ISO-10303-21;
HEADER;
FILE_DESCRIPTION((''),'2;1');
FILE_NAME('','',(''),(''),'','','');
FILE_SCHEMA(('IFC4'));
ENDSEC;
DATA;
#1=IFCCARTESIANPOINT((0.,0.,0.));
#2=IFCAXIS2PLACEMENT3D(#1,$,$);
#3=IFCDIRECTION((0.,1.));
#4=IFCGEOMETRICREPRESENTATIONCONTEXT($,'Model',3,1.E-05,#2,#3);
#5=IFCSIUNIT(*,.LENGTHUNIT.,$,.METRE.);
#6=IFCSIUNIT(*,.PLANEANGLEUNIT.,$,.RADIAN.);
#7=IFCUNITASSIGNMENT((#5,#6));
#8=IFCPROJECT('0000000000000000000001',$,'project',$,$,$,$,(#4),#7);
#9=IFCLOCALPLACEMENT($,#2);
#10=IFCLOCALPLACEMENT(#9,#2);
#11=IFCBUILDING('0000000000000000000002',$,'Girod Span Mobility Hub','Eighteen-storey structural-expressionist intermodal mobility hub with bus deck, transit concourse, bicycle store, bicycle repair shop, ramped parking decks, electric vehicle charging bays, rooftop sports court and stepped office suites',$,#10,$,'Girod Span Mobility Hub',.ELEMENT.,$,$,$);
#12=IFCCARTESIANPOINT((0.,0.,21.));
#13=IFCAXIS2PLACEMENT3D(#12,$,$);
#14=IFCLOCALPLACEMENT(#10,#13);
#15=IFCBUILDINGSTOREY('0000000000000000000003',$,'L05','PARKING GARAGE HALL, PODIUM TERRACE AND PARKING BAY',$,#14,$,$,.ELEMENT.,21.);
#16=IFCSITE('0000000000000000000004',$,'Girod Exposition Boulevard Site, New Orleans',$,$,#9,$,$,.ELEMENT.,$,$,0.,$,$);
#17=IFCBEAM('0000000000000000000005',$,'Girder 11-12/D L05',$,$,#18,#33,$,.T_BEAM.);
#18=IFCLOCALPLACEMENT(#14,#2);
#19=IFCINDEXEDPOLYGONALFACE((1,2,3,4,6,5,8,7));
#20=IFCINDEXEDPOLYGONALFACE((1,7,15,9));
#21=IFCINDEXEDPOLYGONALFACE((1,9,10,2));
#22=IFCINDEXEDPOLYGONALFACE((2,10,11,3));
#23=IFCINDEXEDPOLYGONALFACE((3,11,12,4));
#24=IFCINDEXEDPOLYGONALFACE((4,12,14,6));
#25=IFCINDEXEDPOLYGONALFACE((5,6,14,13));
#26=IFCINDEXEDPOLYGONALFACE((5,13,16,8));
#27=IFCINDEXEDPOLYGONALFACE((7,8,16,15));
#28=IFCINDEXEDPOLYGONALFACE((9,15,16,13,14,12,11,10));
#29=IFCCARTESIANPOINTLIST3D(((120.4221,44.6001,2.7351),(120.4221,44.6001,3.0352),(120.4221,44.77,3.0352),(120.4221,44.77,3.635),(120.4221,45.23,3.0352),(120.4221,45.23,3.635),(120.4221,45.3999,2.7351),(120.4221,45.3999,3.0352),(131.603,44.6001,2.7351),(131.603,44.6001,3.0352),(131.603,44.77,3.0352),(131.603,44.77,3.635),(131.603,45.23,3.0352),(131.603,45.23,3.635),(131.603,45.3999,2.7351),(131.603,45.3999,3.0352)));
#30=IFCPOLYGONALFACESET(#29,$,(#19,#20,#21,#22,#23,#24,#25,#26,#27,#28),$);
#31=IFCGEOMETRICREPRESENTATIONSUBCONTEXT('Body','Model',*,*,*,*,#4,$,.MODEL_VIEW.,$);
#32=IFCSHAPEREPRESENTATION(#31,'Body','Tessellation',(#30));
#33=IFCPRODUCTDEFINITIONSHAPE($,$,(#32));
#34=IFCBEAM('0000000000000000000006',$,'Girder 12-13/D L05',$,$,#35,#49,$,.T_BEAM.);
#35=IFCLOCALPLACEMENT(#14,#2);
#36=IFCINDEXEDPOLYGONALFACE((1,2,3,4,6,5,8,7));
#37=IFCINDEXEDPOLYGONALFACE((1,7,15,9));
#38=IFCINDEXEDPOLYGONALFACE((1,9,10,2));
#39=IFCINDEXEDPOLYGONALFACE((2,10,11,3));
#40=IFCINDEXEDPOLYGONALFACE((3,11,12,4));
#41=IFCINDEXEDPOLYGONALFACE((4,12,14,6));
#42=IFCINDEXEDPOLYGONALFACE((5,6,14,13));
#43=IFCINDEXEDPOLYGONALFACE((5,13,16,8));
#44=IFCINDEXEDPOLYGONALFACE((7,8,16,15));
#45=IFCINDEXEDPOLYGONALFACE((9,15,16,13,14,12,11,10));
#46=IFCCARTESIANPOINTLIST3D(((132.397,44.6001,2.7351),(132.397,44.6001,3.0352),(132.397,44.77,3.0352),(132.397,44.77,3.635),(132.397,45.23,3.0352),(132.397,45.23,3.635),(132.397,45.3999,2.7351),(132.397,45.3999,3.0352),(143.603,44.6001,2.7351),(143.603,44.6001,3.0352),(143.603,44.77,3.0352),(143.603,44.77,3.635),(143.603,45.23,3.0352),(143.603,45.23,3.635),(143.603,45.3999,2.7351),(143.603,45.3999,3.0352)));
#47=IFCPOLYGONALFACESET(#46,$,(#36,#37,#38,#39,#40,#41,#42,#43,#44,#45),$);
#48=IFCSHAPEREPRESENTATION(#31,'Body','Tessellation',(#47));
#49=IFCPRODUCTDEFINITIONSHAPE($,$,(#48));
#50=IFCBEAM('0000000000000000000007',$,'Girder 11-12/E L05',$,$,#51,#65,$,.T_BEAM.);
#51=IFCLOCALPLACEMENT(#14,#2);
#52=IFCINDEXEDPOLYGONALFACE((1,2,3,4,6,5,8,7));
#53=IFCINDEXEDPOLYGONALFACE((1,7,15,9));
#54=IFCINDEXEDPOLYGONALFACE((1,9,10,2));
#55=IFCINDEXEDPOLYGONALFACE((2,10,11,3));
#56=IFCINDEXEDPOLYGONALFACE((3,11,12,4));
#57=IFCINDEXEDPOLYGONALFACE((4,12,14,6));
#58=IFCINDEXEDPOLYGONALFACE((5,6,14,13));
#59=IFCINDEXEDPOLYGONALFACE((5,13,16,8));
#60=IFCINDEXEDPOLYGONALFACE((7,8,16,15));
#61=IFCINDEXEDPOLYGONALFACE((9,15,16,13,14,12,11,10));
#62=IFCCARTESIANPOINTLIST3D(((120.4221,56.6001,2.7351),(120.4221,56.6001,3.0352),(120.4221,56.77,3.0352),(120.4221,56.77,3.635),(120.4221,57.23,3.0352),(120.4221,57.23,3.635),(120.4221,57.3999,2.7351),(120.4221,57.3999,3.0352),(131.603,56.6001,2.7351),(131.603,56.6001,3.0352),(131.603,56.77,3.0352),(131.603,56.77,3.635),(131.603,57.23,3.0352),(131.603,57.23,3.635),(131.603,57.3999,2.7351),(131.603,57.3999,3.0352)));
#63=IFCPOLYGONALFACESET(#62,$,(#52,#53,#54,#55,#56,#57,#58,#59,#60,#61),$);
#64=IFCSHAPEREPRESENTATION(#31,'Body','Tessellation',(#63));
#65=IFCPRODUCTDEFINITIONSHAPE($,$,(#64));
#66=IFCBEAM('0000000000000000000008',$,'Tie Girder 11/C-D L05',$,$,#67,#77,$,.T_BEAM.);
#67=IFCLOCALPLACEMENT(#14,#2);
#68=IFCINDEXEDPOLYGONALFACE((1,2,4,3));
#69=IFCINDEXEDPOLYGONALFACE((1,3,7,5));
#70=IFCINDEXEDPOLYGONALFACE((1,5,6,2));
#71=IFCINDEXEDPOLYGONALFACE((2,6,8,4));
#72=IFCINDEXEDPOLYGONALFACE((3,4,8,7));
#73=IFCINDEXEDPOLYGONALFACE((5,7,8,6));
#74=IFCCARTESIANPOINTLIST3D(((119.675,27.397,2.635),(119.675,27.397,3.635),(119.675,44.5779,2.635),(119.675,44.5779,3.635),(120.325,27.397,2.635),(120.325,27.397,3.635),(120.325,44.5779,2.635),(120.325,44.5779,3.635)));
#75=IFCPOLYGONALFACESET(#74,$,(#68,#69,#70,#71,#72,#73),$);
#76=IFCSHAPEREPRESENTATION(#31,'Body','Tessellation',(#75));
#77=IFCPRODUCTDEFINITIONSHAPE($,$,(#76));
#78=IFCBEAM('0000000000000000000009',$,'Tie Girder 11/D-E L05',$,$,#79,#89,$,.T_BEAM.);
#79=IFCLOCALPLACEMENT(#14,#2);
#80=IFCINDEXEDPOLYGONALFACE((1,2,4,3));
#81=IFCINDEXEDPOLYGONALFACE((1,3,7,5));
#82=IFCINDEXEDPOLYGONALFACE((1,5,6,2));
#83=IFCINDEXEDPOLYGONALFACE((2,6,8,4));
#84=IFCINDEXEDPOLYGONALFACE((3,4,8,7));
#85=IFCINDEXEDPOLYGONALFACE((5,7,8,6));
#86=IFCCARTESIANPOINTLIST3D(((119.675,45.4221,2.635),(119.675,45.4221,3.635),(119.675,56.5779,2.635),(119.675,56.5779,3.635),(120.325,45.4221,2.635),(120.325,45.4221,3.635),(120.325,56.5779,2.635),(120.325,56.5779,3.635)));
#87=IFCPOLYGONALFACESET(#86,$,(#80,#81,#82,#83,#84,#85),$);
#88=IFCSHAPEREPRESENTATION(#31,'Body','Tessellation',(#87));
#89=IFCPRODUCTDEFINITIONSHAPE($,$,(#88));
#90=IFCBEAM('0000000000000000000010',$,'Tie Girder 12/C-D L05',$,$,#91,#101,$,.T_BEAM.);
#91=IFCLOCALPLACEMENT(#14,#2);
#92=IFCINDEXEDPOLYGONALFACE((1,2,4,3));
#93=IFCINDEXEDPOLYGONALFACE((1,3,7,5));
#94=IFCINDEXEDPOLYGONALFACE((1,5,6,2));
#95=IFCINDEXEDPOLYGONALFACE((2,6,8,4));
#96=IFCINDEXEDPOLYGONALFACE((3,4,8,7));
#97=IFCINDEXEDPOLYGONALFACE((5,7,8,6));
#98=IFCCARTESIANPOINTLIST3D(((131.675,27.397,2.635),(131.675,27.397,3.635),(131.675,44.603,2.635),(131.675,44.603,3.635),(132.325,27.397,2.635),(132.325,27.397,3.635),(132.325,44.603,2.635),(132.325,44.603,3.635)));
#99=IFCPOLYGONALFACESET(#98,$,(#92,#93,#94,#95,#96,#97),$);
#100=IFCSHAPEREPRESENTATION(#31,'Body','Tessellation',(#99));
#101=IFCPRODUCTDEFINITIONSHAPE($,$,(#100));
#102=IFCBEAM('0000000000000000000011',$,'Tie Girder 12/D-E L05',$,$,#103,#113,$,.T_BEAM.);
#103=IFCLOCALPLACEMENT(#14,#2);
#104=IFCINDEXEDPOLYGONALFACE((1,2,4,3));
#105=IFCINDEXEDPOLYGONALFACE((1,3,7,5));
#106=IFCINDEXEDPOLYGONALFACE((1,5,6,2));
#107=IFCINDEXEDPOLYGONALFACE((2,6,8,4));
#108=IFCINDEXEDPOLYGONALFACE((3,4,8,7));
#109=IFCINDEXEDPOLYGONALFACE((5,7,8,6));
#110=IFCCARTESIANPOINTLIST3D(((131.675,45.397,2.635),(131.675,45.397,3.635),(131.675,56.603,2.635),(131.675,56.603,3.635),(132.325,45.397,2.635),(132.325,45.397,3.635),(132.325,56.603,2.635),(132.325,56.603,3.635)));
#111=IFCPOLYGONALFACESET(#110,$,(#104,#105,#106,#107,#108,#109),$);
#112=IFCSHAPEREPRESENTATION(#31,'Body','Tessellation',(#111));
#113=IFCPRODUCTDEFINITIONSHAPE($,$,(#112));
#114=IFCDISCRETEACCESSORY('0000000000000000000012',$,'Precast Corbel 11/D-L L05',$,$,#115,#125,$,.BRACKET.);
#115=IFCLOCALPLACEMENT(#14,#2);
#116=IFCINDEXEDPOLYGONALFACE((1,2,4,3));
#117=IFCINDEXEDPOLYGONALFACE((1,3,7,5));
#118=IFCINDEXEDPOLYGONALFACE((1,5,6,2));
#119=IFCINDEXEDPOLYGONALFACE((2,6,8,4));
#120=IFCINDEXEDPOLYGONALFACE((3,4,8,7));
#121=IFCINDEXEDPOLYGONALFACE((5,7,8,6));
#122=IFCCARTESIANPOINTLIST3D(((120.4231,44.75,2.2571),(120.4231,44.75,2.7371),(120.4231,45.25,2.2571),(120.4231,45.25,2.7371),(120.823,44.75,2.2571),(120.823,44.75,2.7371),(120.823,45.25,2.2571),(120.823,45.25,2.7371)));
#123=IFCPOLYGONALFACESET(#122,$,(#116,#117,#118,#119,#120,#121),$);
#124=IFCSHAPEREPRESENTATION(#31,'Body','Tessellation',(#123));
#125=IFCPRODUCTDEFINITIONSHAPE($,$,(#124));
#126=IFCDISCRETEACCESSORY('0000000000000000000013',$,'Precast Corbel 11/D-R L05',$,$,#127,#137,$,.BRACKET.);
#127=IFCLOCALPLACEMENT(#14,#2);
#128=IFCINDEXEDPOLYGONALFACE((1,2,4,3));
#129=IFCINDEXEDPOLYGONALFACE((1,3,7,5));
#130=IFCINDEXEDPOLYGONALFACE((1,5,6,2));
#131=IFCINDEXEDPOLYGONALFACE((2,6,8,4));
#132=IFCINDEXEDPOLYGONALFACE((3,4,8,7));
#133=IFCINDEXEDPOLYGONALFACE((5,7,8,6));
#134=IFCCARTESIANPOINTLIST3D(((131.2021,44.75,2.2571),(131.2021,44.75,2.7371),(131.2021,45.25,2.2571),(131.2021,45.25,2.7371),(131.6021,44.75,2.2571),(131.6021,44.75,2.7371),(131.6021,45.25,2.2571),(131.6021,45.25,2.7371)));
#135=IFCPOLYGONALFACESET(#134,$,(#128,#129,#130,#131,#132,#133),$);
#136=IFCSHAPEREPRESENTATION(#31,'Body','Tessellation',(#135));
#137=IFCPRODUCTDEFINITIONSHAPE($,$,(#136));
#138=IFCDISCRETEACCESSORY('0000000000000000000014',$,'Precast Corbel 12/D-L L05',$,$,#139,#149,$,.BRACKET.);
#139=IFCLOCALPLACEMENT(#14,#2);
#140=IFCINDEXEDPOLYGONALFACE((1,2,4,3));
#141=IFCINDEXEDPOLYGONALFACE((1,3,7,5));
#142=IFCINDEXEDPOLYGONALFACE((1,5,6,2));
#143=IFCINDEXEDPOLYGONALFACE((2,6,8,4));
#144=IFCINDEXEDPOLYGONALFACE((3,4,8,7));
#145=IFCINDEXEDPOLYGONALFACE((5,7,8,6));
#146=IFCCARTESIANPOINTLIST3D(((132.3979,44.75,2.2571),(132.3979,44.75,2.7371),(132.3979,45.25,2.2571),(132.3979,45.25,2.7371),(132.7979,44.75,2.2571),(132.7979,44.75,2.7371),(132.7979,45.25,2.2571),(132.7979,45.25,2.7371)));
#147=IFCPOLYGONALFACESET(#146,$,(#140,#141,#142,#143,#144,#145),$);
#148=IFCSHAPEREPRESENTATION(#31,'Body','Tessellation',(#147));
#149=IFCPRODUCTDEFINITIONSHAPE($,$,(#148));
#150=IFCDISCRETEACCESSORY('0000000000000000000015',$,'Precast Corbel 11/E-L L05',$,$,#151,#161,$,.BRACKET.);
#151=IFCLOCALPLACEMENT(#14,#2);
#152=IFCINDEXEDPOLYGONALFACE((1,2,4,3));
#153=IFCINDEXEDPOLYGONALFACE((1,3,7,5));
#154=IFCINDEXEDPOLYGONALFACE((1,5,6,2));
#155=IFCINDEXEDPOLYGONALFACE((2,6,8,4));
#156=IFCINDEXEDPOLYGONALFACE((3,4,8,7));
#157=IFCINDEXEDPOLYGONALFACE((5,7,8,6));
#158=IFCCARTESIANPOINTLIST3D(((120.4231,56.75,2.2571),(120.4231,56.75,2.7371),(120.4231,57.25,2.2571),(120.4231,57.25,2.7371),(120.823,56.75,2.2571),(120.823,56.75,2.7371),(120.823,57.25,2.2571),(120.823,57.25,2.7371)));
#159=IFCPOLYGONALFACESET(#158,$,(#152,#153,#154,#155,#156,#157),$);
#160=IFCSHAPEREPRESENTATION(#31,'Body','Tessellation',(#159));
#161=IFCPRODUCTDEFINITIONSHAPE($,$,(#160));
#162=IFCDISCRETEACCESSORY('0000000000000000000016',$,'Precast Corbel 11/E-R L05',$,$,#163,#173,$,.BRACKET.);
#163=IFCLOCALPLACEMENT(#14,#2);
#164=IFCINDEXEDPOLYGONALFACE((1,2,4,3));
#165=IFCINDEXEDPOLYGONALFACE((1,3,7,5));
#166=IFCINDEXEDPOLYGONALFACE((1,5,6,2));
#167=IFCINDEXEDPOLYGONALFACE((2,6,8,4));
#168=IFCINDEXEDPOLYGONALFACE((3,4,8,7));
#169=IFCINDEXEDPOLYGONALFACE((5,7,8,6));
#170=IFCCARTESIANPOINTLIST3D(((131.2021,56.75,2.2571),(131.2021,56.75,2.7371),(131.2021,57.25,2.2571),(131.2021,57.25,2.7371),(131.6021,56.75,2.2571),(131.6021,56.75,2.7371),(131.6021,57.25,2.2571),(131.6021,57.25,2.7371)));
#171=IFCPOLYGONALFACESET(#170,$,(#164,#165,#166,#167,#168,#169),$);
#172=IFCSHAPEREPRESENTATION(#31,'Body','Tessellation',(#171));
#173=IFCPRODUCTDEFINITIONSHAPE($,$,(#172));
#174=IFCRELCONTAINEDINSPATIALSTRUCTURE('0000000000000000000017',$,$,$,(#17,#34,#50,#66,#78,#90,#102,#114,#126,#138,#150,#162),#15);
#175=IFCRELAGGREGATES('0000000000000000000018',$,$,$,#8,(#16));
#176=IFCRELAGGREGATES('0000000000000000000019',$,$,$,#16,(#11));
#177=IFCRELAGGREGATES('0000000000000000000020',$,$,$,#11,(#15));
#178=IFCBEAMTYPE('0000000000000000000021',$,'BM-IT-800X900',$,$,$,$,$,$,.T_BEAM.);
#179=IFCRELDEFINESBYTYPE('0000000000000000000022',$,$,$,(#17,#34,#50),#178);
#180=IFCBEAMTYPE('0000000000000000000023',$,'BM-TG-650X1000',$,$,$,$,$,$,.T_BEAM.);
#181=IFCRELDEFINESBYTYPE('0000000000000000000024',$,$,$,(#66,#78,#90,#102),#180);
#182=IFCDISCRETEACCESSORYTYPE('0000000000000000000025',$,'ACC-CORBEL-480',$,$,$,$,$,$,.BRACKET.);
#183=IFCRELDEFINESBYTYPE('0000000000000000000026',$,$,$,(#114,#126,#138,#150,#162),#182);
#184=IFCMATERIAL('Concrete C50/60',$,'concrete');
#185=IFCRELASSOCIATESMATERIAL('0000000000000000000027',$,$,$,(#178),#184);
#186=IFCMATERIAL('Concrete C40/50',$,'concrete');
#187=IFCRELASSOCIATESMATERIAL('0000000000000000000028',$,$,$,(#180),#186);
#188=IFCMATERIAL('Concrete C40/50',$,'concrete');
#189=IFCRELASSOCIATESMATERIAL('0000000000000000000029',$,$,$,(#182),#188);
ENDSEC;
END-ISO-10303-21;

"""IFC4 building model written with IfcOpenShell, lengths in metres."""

from ifc_helpers import new_model, si_unit, direction, frame, origin, origin_2d, place, context, subcontext, project, spatial, polyline, rectangle, outline, extrude, material, material_profile, profile_set, type_object, element, save


model = new_model("IFC4")

# Units and contexts
model_context = context("Model", 3, precision=1e-05, world=origin(), true_north=direction((0.0, 1.0)))
body_context = subcontext(model_context, "Body", "Model", "MODEL_VIEW")
ifc_project = project(units=[si_unit("LENGTHUNIT", "METRE"), si_unit("PLANEANGLEUNIT", "RADIAN")], contexts=[model_context])

# Site, building, storey
site_placement = place(None, origin())
site = spatial("IfcSite", under=ifc_project, at=site_placement, Name="Girod Exposition Boulevard Site, New Orleans", CompositionType="ELEMENT", RefElevation=0.0)
building_placement = place(site_placement, origin())
building = spatial("IfcBuilding", under=site, at=building_placement, Name="Girod Span Mobility Hub", Description="Eighteen-storey structural-expressionist intermodal mobility hub with bus deck, transit concourse, bicycle store, bicycle repair shop, ramped parking decks, electric vehicle charging bays, rooftop sports court and stepped office suites", LongName="Girod Span Mobility Hub", CompositionType="ELEMENT")
storey_placement = place(building_placement, frame((0.0, 0.0, 21.0)))
storey = spatial("IfcBuildingStorey", under=building, at=storey_placement, Name="L05", Description="PARKING GARAGE HALL, PODIUM TERRACE AND PARKING BAY", CompositionType="ELEMENT", Elevation=21.0)

# Beams
ifc_material_1 = material(Name="Concrete C50/60", Category="concrete")
ifc_material_profile_1 = material_profile(ifc_material_1, outline(polyline([(-0.3999, -0.45), (0.3999, -0.45), (0.3999, -0.1499), (0.23, -0.1499), (0.23, 0.45), (-0.23, 0.45), (-0.23, -0.1499), (-0.3999, -0.1499), (-0.3999, -0.45)])), Name="IT-800X900")
ifc_profile_set_1 = profile_set([ifc_material_profile_1], Name="Concrete C50/60")
beam_type_1 = type_object("IfcBeamType", Name="BM-IT-800X900", PredefinedType="T_BEAM", material=ifc_profile_set_1)
beam_1_placement = place(storey_placement, frame((120.4221, 45.0, 3.1851), z_axis=(1.0, 0.0, 0.0), x_axis=(0.0, 1.0, 0.0)))
element("IfcBeam", 1, at=beam_1_placement, inside=storey, type_object=beam_type_1, Name="Girder 11-12/D L05", PredefinedType="T_BEAM", context=body_context, shape_type="SweptSolid", body=[
    extrude(outline(polyline([(-0.3999, -0.45), (0.3999, -0.45), (0.3999, -0.1499), (0.23, -0.1499), (0.23, 0.45), (-0.23, 0.45), (-0.23, -0.1499), (-0.3999, -0.1499), (-0.3999, -0.45)])), origin(), (0.0, 0.0, 1.0), 11.1809),
])
beam_2_placement = place(storey_placement, frame((132.397, 45.0, 3.1851), z_axis=(1.0, 0.0, 0.0), x_axis=(0.0, 1.0, 0.0)))
element("IfcBeam", 2, at=beam_2_placement, inside=storey, type_object=beam_type_1, Name="Girder 12-13/D L05", PredefinedType="T_BEAM", context=body_context, shape_type="SweptSolid", body=[
    extrude(outline(polyline([(-0.3999, -0.45), (0.3999, -0.45), (0.3999, -0.1499), (0.23, -0.1499), (0.23, 0.45), (-0.23, 0.45), (-0.23, -0.1499), (-0.3999, -0.1499), (-0.3999, -0.45)])), origin(), (0.0, 0.0, 1.0), 11.2061),
])
beam_3_placement = place(storey_placement, frame((120.4221, 57.0, 3.1851), z_axis=(1.0, 0.0, 0.0), x_axis=(0.0, 1.0, 0.0)))
element("IfcBeam", 3, at=beam_3_placement, inside=storey, type_object=beam_type_1, Name="Girder 11-12/E L05", PredefinedType="T_BEAM", context=body_context, shape_type="SweptSolid", body=[
    extrude(outline(polyline([(-0.3999, -0.45), (0.3999, -0.45), (0.3999, -0.1499), (0.23, -0.1499), (0.23, 0.45), (-0.23, 0.45), (-0.23, -0.1499), (-0.3999, -0.1499), (-0.3999, -0.45)])), origin(), (0.0, 0.0, 1.0), 11.1809),
])
ifc_material_2 = material(Name="Concrete C40/50", Category="concrete")
ifc_material_profile_2 = material_profile(ifc_material_2, rectangle(XDim=0.6499, YDim=1.0, at=origin_2d()), Name="TG-650X1000")
ifc_profile_set_2 = profile_set([ifc_material_profile_2], Name="Concrete C40/50")
beam_type_2 = type_object("IfcBeamType", Name="BM-TG-650X1000", PredefinedType="T_BEAM", material=ifc_profile_set_2)
beam_4_placement = place(storey_placement, frame((120.0, 27.397, 3.135), z_axis=(0.0, 1.0, 0.0), x_axis=(-1.0, 0.0, 0.0)))
element("IfcBeam", 4, at=beam_4_placement, inside=storey, type_object=beam_type_2, Name="Tie Girder 11/C-D L05", PredefinedType="T_BEAM", context=body_context, shape_type="SweptSolid", body=[
    extrude(rectangle(XDim=0.6499, YDim=1.0, at=origin_2d()), origin(), (0.0, 0.0, 1.0), 17.1809),
])
beam_5_placement = place(storey_placement, frame((120.0, 45.4221, 3.135), z_axis=(0.0, 1.0, 0.0), x_axis=(-1.0, 0.0, 0.0)))
element("IfcBeam", 5, at=beam_5_placement, inside=storey, type_object=beam_type_2, Name="Tie Girder 11/D-E L05", PredefinedType="T_BEAM", context=body_context, shape_type="SweptSolid", body=[
    extrude(rectangle(XDim=0.6499, YDim=1.0, at=origin_2d()), origin(), (0.0, 0.0, 1.0), 11.1558),
])
beam_6_placement = place(storey_placement, frame((132.0, 27.397, 3.135), z_axis=(0.0, 1.0, 0.0), x_axis=(-1.0, 0.0, 0.0)))
element("IfcBeam", 6, at=beam_6_placement, inside=storey, type_object=beam_type_2, Name="Tie Girder 12/C-D L05", PredefinedType="T_BEAM", context=body_context, shape_type="SweptSolid", body=[
    extrude(rectangle(XDim=0.6499, YDim=1.0, at=origin_2d()), origin(), (0.0, 0.0, 1.0), 17.2061),
])
beam_7_placement = place(storey_placement, frame((132.0, 45.397, 3.135), z_axis=(0.0, 1.0, 0.0), x_axis=(-1.0, 0.0, 0.0)))
element("IfcBeam", 7, at=beam_7_placement, inside=storey, type_object=beam_type_2, Name="Tie Girder 12/D-E L05", PredefinedType="T_BEAM", context=body_context, shape_type="SweptSolid", body=[
    extrude(rectangle(XDim=0.6499, YDim=1.0, at=origin_2d()), origin(), (0.0, 0.0, 1.0), 11.2061),
])

# Discrete accessories
ifc_material_3 = material(Name="Concrete C40/50", Category="concrete")
discrete_accessory_type = type_object("IfcDiscreteAccessoryType", Name="ACC-CORBEL-480", PredefinedType="BRACKET", material=ifc_material_3)
for number, where, z_axis, x_axis, name in (
    (8, (120.623, 45.0, 2.2571), (0.0, 0.0, 1.0), (1.0, 0.0, 0.0), "Precast Corbel 11/D-L L05"),
    (9, (131.4021, 45.0, 2.2571), (0.0, 0.0, 1.0), (1.0, 0.0, 0.0), "Precast Corbel 11/D-R L05"),
    (10, (132.5979, 45.0, 2.2571), (0.0, 0.0, 1.0), (1.0, 0.0, 0.0), "Precast Corbel 12/D-L L05"),
    (11, (120.623, 57.0, 2.2571), (0.0, 0.0, 1.0), (1.0, 0.0, 0.0), "Precast Corbel 11/E-L L05"),
    (12, (131.4021, 57.0, 2.2571), (0.0, 0.0, 1.0), (1.0, 0.0, 0.0), "Precast Corbel 11/E-R L05"),
):
    element("IfcDiscreteAccessory", number, at=place(storey_placement, frame(where, z_axis=z_axis, x_axis=x_axis)), inside=storey, type_object=discrete_accessory_type, Name=name, PredefinedType="BRACKET", context=body_context, shape_type="SweptSolid", body=[
        extrude(rectangle(XDim=0.3999, YDim=0.5, at=origin_2d()), origin(), (0.0, 0.0, 1.0), 0.48),
    ])

save(model, "model.ifc")
